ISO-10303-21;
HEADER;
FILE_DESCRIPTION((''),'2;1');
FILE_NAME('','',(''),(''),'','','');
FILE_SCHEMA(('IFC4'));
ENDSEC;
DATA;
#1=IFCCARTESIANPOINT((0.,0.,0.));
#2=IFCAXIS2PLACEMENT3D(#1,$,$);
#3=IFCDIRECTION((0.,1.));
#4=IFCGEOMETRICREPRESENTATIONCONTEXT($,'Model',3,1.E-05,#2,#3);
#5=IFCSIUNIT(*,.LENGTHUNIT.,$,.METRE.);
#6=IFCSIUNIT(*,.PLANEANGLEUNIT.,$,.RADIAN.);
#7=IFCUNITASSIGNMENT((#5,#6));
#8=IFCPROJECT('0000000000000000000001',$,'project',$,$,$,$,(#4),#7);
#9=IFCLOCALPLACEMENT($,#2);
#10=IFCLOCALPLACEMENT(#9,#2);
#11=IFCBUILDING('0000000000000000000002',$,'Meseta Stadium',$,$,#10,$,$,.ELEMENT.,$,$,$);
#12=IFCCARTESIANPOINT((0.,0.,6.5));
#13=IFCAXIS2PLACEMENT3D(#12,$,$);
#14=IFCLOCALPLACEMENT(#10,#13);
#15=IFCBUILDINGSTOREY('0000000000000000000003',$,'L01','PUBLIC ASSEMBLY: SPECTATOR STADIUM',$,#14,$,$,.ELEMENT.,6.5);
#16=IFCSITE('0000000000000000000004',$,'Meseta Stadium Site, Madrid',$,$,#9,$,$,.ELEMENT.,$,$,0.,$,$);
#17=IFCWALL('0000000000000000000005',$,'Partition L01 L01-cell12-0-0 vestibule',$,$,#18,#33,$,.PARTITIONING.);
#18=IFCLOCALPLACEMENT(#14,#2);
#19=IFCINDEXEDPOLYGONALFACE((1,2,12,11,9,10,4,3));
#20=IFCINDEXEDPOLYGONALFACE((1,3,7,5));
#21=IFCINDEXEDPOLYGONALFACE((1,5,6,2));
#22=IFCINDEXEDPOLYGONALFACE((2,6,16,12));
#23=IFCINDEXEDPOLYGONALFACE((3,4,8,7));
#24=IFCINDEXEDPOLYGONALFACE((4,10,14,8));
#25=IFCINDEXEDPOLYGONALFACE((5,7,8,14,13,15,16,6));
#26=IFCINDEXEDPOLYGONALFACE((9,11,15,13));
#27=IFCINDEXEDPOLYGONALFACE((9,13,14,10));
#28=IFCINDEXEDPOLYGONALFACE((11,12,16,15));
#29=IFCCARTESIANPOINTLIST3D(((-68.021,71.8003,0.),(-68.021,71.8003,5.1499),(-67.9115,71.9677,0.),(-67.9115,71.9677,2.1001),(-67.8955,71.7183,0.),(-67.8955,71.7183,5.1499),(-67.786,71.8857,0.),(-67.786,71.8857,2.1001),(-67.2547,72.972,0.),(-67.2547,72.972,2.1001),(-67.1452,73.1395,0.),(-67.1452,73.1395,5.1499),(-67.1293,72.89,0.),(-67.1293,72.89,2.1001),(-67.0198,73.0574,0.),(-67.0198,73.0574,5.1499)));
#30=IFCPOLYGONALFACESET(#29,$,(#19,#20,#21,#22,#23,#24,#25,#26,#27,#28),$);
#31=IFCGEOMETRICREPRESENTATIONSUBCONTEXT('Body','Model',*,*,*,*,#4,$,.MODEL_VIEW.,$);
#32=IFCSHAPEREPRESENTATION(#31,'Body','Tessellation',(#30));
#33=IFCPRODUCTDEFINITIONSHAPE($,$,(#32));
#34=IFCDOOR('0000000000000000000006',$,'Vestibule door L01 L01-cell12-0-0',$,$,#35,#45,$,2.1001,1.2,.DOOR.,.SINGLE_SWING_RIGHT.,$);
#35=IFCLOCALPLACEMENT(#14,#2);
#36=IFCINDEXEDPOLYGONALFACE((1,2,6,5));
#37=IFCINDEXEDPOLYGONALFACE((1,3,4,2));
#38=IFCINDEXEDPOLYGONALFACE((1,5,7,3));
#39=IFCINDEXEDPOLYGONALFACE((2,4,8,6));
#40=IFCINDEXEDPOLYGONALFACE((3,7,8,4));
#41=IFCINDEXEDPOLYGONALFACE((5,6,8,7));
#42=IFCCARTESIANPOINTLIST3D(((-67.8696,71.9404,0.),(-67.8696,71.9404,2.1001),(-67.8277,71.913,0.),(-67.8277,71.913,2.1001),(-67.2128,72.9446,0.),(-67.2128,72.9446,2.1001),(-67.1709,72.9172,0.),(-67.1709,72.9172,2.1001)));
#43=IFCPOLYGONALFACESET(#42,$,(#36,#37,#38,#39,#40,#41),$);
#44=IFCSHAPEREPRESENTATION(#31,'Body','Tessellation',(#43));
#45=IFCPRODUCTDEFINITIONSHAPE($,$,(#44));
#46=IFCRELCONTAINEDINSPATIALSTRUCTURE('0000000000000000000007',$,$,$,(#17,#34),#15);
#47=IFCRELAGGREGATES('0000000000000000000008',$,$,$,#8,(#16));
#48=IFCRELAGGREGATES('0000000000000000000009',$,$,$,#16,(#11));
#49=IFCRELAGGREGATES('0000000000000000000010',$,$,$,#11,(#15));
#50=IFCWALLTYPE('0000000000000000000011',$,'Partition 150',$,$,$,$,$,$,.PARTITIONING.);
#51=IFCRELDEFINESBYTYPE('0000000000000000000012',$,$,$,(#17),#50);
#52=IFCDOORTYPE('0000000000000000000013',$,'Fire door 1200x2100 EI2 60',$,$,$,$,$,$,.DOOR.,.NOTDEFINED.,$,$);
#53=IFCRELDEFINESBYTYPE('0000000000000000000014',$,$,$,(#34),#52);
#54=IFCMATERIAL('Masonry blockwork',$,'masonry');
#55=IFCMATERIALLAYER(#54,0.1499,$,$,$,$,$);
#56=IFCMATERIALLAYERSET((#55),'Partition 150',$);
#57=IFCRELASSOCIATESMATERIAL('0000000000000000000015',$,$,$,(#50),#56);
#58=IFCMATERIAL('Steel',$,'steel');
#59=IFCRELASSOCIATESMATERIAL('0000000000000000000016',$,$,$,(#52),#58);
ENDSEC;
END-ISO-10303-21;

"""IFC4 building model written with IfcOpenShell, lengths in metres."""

from ifc_helpers import new_model, si_unit, direction, frame, frame_2d, origin, place, context, subcontext, project, spatial, rectangle, extrude, material, layer, layer_set, type_object, element, fill, save


model = new_model("IFC4")

# Units and contexts
model_context = context("Model", 3, precision=1e-05, world=origin(), true_north=direction((0.0, 1.0)))
body_context = subcontext(model_context, "Body", "Model", "MODEL_VIEW")
ifc_project = project(units=[si_unit("LENGTHUNIT", "METRE"), si_unit("PLANEANGLEUNIT", "RADIAN")], contexts=[model_context])

# Site, building, storey
site_placement = place(None, origin())
site = spatial("IfcSite", under=ifc_project, at=site_placement, Name="Meseta Stadium Site, Madrid", CompositionType="ELEMENT", RefElevation=0.0)
building_placement = place(site_placement, origin())
building = spatial("IfcBuilding", under=site, at=building_placement, Name="Meseta Stadium", CompositionType="ELEMENT")
storey_placement = place(building_placement, frame((0.0, 0.0, 6.5)))
storey = spatial("IfcBuildingStorey", under=building, at=storey_placement, Name="L01", Description="PUBLIC ASSEMBLY: SPECTATOR STADIUM", CompositionType="ELEMENT", Elevation=6.5)

# Shared definitions
ifc_material_1 = material(Name="Masonry blockwork", Category="masonry")
ifc_layer = layer(ifc_material_1, 0.1499)
ifc_layer_set = layer_set([ifc_layer], Name="Partition 150")
wall_type = type_object("IfcWallType", Name="Partition 150", PredefinedType="PARTITIONING", material=ifc_layer_set)
ifc_material_2 = material(Name="Steel", Category="steel")
door_type_1 = type_object("IfcDoorType", Name="Fire door 1200x2100 EI2 60", OperationType="NOTDEFINED", PredefinedType="DOOR", material=ifc_material_2)

# Wall, opening, door
wall_1_placement = place(storey_placement, frame((-67.9583, 71.7593, 0.0), z_axis=(0.0, 0.0, 1.0), x_axis=(0.547319, 0.836924, 0.0)))
wall_1 = element("IfcWall", 1, at=wall_1_placement, inside=storey, type_object=wall_type, Name="Partition L01 L01-cell12-0-0 vestibule", PredefinedType="PARTITIONING", context=body_context, shape_type="SweptSolid", body=[
    extrude(rectangle(XDim=1.6001, YDim=0.1499, at=frame_2d((0.8, 0.0))), origin(), (0.0, 0.0, 1.0), 5.1499),
])
opening_1_placement = place(wall_1_placement, frame((0.2, 0.0, 0.0)))
opening_1 = element("IfcOpeningElement", 2, at=opening_1_placement, cuts=wall_1, PredefinedType="OPENING", context=body_context, shape_type="SweptSolid", body=[
    extrude(rectangle(XDim=1.2, YDim=2.1001, at=frame_2d((0.6001, 1.05))), frame((0.0, 0.085, 0.0), z_axis=(0.0, -1.0, 0.0), x_axis=(1.0, 0.0, 0.0)), (0.0, 0.0, 1.0), 0.1699),
])
door_1_placement = place(opening_1_placement, origin())
door_1 = element("IfcDoor", 3, at=door_1_placement, inside=storey, type_object=door_type_1, Name="Vestibule door L01 L01-cell12-0-0", OperationType="SINGLE_SWING_RIGHT", OverallHeight=2.1001, OverallWidth=1.2, PredefinedType="DOOR", context=body_context, shape_type="SweptSolid", body=[
    extrude(rectangle(XDim=1.2, YDim=2.1001, at=frame_2d((0.6001, 1.05))), frame((0.0, 0.0249, 0.0), z_axis=(0.0, -1.0, 0.0), x_axis=(1.0, 0.0, 0.0)), (0.0, 0.0, 1.0), 0.05),
])
fill(opening_1, door_1)

save(model, "model.ifc")
